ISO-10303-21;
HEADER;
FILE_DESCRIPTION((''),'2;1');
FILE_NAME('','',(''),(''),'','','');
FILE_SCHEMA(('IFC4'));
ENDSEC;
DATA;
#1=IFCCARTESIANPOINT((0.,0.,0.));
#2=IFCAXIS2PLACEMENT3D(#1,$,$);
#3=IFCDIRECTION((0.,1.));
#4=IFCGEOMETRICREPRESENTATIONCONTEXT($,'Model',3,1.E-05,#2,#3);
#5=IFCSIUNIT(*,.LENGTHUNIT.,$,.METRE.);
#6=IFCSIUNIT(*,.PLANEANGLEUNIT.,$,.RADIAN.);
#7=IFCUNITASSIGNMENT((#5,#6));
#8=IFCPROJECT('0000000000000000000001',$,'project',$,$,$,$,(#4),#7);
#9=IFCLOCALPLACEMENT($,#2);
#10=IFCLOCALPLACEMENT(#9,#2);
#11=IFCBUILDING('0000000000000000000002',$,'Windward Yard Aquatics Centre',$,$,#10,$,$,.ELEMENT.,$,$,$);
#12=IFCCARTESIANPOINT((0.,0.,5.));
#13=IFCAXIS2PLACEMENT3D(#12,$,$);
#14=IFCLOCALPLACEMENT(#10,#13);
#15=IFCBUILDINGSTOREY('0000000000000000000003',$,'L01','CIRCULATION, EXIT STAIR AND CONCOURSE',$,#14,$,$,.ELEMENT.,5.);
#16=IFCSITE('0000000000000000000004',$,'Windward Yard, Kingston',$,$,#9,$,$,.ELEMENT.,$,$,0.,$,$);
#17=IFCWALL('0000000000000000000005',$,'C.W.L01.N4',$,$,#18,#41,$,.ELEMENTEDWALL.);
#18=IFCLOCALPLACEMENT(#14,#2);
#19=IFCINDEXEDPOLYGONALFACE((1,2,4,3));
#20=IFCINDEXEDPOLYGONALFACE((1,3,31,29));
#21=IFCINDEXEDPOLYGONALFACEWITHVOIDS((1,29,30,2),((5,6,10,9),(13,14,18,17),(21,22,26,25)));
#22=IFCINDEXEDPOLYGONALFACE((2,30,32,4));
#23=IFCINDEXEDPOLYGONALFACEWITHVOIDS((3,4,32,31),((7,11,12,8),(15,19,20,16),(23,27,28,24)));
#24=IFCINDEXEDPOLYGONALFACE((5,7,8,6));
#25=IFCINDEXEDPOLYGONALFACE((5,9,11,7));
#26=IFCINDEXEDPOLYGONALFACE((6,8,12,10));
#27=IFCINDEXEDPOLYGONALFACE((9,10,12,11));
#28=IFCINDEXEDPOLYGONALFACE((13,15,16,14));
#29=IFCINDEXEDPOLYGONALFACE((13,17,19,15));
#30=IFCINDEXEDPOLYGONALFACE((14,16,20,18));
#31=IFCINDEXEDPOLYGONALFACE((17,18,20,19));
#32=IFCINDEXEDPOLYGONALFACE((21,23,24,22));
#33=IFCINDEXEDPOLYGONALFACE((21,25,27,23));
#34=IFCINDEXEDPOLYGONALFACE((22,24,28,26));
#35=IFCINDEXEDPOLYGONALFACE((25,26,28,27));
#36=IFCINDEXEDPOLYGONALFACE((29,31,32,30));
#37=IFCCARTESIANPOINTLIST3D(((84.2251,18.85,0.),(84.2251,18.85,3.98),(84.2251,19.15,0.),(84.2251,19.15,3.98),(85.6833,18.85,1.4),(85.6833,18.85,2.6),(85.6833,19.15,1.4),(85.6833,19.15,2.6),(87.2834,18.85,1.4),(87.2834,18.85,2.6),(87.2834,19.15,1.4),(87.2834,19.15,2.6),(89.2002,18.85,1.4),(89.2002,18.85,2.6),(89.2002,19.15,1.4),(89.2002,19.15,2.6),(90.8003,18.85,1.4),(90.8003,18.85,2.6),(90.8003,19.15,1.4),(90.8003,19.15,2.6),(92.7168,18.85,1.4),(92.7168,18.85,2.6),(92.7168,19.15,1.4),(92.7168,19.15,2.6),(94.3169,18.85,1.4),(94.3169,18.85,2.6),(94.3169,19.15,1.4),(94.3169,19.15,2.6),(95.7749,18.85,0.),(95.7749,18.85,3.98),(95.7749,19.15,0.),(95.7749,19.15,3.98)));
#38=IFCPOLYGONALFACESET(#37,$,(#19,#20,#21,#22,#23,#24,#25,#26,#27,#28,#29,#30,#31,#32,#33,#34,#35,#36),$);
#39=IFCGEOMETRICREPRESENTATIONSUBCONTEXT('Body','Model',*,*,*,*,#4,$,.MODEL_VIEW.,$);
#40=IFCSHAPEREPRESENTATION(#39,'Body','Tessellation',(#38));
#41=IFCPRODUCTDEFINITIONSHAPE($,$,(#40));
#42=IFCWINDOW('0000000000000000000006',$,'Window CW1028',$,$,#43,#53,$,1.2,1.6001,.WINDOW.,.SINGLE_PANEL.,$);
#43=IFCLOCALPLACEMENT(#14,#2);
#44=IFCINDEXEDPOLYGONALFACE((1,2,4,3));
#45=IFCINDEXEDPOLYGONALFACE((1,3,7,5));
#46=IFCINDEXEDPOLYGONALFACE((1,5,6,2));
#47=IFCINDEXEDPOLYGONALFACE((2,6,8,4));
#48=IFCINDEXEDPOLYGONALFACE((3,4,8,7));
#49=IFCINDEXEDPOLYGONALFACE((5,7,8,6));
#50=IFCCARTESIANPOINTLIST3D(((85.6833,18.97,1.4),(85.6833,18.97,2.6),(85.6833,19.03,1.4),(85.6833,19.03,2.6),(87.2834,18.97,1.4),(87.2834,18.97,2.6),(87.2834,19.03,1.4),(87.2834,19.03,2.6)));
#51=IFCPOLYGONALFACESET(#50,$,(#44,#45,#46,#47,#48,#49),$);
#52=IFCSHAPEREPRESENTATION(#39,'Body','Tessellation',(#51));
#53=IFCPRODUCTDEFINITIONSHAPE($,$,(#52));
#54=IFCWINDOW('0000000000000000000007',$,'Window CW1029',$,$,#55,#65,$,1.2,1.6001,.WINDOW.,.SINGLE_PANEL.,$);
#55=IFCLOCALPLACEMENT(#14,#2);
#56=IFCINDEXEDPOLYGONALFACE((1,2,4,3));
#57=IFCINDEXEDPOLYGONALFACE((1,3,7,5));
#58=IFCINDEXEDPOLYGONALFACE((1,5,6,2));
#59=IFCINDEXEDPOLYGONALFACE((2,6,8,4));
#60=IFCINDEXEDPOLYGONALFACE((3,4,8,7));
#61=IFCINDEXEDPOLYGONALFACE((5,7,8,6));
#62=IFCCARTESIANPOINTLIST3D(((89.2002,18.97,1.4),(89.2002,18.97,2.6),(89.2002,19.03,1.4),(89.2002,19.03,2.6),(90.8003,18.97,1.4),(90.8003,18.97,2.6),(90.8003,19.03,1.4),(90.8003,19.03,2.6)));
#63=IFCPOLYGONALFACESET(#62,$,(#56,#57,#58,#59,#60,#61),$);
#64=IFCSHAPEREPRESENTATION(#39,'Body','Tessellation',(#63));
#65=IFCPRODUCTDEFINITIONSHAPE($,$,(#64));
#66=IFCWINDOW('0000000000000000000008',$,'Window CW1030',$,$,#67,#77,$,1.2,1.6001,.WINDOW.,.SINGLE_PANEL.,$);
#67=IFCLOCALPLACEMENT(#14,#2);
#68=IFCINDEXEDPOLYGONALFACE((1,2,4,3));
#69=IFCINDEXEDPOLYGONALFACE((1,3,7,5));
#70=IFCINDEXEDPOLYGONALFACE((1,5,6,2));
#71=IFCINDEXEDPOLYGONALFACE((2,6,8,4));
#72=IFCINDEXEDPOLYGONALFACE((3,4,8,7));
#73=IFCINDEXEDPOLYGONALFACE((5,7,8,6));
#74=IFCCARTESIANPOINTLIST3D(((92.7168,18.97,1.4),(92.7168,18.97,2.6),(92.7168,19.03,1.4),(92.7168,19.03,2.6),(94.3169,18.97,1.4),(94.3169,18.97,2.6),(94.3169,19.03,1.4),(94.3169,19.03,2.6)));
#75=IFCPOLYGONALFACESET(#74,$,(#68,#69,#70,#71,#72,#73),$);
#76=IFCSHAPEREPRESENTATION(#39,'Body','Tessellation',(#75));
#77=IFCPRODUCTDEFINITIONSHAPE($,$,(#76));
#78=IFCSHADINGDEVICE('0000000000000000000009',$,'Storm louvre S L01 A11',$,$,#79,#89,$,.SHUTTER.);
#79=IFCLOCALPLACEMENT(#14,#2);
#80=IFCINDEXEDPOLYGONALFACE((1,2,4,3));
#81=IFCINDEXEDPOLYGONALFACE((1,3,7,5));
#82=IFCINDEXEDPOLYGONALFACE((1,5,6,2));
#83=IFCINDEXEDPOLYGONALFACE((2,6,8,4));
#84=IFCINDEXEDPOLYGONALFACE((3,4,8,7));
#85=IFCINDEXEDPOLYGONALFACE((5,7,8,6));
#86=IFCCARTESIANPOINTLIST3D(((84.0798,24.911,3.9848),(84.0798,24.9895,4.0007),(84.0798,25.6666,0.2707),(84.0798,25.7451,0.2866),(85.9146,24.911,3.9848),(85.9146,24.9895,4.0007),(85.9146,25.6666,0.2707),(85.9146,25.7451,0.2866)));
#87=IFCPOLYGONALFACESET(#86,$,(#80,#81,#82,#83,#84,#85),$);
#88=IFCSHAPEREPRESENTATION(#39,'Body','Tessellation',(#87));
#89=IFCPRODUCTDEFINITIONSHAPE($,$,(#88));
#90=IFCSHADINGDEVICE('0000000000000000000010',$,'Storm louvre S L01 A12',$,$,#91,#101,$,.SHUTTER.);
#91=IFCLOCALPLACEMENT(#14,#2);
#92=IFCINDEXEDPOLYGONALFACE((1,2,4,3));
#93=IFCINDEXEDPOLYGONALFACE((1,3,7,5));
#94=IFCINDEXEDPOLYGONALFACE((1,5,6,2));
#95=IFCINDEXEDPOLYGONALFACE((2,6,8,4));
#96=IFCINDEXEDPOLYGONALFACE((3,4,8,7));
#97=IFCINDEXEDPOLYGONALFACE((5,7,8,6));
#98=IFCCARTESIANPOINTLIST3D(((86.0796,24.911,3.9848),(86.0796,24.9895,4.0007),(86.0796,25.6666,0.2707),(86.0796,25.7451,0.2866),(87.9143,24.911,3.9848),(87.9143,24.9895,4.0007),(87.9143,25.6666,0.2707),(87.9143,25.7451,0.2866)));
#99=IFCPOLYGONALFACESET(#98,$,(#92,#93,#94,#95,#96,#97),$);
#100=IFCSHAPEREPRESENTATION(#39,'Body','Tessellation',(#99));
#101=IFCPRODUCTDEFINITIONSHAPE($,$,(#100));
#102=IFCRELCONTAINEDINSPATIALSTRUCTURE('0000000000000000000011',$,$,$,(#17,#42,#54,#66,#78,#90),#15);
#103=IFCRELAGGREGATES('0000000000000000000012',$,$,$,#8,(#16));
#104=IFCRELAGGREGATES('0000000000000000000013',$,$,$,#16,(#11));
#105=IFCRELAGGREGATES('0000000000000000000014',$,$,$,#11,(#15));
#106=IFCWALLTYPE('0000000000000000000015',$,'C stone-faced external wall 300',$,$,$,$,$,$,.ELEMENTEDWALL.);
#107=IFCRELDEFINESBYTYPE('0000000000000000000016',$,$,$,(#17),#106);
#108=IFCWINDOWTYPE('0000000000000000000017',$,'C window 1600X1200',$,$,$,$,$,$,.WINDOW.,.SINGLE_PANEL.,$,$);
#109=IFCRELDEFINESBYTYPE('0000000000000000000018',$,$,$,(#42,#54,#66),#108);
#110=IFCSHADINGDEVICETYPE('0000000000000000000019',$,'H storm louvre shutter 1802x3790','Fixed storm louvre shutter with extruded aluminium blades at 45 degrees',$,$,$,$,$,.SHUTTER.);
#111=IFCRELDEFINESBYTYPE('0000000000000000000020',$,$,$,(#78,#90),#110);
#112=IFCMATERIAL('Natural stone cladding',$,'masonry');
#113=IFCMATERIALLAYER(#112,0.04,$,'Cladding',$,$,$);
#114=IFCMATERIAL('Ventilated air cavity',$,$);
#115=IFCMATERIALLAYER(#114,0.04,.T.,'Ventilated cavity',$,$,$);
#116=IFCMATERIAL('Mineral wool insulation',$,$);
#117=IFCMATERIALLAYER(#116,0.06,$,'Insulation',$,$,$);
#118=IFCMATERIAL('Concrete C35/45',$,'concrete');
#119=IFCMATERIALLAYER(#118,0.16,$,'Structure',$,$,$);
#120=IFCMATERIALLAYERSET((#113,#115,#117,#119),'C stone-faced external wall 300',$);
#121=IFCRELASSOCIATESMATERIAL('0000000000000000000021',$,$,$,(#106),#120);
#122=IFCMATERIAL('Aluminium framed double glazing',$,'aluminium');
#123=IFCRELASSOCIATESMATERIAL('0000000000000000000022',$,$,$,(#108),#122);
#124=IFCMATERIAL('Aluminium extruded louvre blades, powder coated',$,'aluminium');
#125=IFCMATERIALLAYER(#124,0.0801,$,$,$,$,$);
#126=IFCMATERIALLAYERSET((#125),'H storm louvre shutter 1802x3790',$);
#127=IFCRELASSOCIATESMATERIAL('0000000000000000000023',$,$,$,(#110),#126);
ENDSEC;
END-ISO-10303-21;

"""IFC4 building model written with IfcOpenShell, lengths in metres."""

from ifc_helpers import new_model, si_unit, direction, frame, frame_2d, origin, place, context, subcontext, project, spatial, polyline, rectangle, outline, extrude, material, layer, layer_set, type_object, element, fill, save


model = new_model("IFC4")

# Units and contexts
model_context = context("Model", 3, precision=1e-05, world=origin(), true_north=direction((0.0, 1.0)))
body_context = subcontext(model_context, "Body", "Model", "MODEL_VIEW")
ifc_project = project(units=[si_unit("LENGTHUNIT", "METRE"), si_unit("PLANEANGLEUNIT", "RADIAN")], contexts=[model_context])

# Site, building, storey
site_placement = place(None, origin())
site = spatial("IfcSite", under=ifc_project, at=site_placement, Name="Windward Yard, Kingston", CompositionType="ELEMENT", RefElevation=0.0)
building_placement = place(site_placement, origin())
building = spatial("IfcBuilding", under=site, at=building_placement, Name="Windward Yard Aquatics Centre", CompositionType="ELEMENT")
storey_placement = place(building_placement, frame((0.0, 0.0, 5.0)))
storey = spatial("IfcBuildingStorey", under=building, at=storey_placement, Name="L01", Description="CIRCULATION, EXIT STAIR AND CONCOURSE", CompositionType="ELEMENT", Elevation=5.0)

# Shared definitions
ifc_material_1 = material(Name="Concrete C35/45", Category="concrete")

# Wall, openings, windows
ifc_material_2 = material(Name="Natural stone cladding", Category="masonry")
ifc_layer_1 = layer(ifc_material_2, 0.04, Name="Cladding")
ifc_material_3 = material(Name="Ventilated air cavity")
ifc_layer_2 = layer(ifc_material_3, 0.04, ventilated=True, Name="Ventilated cavity")
ifc_material_4 = material(Name="Mineral wool insulation")
ifc_layer_3 = layer(ifc_material_4, 0.06, Name="Insulation")
ifc_layer_4 = layer(ifc_material_1, 0.16, Name="Structure")
ifc_layer_set_1 = layer_set([ifc_layer_1, ifc_layer_2, ifc_layer_3, ifc_layer_4], Name="C stone-faced external wall 300")
wall_type_1 = type_object("IfcWallType", Name="C stone-faced external wall 300", PredefinedType="ELEMENTEDWALL", material=ifc_layer_set_1)
wall_1_placement = place(storey_placement, frame((84.2251, 19.0, 0.0), z_axis=(0.0, 0.0, 1.0), x_axis=(1.0, 0.0, 0.0)))
wall_1 = element("IfcWall", 1, at=wall_1_placement, inside=storey, type_object=wall_type_1, Name="C.W.L01.N4", PredefinedType="ELEMENTEDWALL", context=body_context, shape_type="SweptSolid", body=[
    extrude(rectangle(XDim=11.5498, YDim=0.3, at=frame_2d((5.7749, 0.0))), origin(), (0.0, 0.0, 1.0), 3.98),
])
opening_1_placement = place(wall_1_placement, frame((1.4583, 0.0, 1.3999)))
opening_1 = element("IfcOpeningElement", 2, at=opening_1_placement, cuts=wall_1, PredefinedType="OPENING", context=body_context, shape_type="SweptSolid", body=[
    extrude(rectangle(XDim=1.6001, YDim=1.2, at=frame_2d((0.8, 0.6001))), frame((0.0, 0.1602, 0.0), z_axis=(0.0, -1.0, 0.0), x_axis=(1.0, 0.0, 0.0)), (0.0, 0.0, 1.0), 0.3201),
])
opening_2_placement = place(wall_1_placement, frame((4.9751, 0.0, 1.3999)))
opening_2 = element("IfcOpeningElement", 3, at=opening_2_placement, cuts=wall_1, PredefinedType="OPENING", context=body_context, shape_type="SweptSolid", body=[
    extrude(rectangle(XDim=1.6001, YDim=1.2, at=frame_2d((0.8, 0.6001))), frame((0.0, 0.1602, 0.0), z_axis=(0.0, -1.0, 0.0), x_axis=(1.0, 0.0, 0.0)), (0.0, 0.0, 1.0), 0.3201),
])
opening_3_placement = place(wall_1_placement, frame((8.4917, 0.0, 1.3999)))
opening_3 = element("IfcOpeningElement", 4, at=opening_3_placement, cuts=wall_1, PredefinedType="OPENING", context=body_context, shape_type="SweptSolid", body=[
    extrude(rectangle(XDim=1.6001, YDim=1.2, at=frame_2d((0.8, 0.6001))), frame((0.0, 0.1602, 0.0), z_axis=(0.0, -1.0, 0.0), x_axis=(1.0, 0.0, 0.0)), (0.0, 0.0, 1.0), 0.3201),
])
ifc_material_5 = material(Name="Aluminium framed double glazing", Category="aluminium")
window_type = type_object("IfcWindowType", Name="C window 1600X1200", PartitioningType="SINGLE_PANEL", PredefinedType="WINDOW", material=ifc_material_5)
window_1_placement = place(opening_1_placement, origin())
window_1 = element("IfcWindow", 5, at=window_1_placement, inside=storey, type_object=window_type, Name="Window CW1028", OverallHeight=1.2, OverallWidth=1.6001, PartitioningType="SINGLE_PANEL", PredefinedType="WINDOW", context=body_context, shape_type="SweptSolid", body=[
    extrude(rectangle(XDim=1.6001, YDim=1.2, at=frame_2d((0.8, 0.6001))), frame((0.0, 0.03, 0.0), z_axis=(0.0, -1.0, 0.0), x_axis=(1.0, 0.0, 0.0)), (0.0, 0.0, 1.0), 0.0601),
])
fill(opening_1, window_1)
window_2_placement = place(opening_2_placement, origin())
window_2 = element("IfcWindow", 6, at=window_2_placement, inside=storey, type_object=window_type, Name="Window CW1029", OverallHeight=1.2, OverallWidth=1.6001, PartitioningType="SINGLE_PANEL", PredefinedType="WINDOW", context=body_context, shape_type="SweptSolid", body=[
    extrude(rectangle(XDim=1.6001, YDim=1.2, at=frame_2d((0.8, 0.6001))), frame((0.0, 0.03, 0.0), z_axis=(0.0, -1.0, 0.0), x_axis=(1.0, 0.0, 0.0)), (0.0, 0.0, 1.0), 0.0601),
])
fill(opening_2, window_2)
window_3_placement = place(opening_3_placement, origin())
window_3 = element("IfcWindow", 7, at=window_3_placement, inside=storey, type_object=window_type, Name="Window CW1030", OverallHeight=1.2, OverallWidth=1.6001, PartitioningType="SINGLE_PANEL", PredefinedType="WINDOW", context=body_context, shape_type="SweptSolid", body=[
    extrude(rectangle(XDim=1.6001, YDim=1.2, at=frame_2d((0.8, 0.6001))), frame((0.0, 0.03, 0.0), z_axis=(0.0, -1.0, 0.0), x_axis=(1.0, 0.0, 0.0)), (0.0, 0.0, 1.0), 0.0601),
])
fill(opening_3, window_3)

# Shading devices
ifc_material_6 = material(Name="Aluminium extruded louvre blades, powder coated", Category="aluminium")
ifc_layer_5 = layer(ifc_material_6, 0.0801)
ifc_layer_set_2 = layer_set([ifc_layer_5], Name="H storm louvre shutter 1802x3790")
shading_device_type = type_object("IfcShadingDeviceType", Name="H storm louvre shutter 1802x3790", Description="Fixed storm louvre shutter with extruded aluminium blades at 45 degrees", PredefinedType="SHUTTER", material=ifc_layer_set_2)
for number, where, z_axis, x_axis, name in (
    (8, (84.0798, 24.9895, 4.0007), (0.0, 0.979926, 0.199361), (0.0, 0.199361, -0.979926), "Storm louvre S L01 A11"),
    (9, (86.0796, 24.9895, 4.0007), (0.0, 0.979926, 0.199361), (0.0, 0.199361, -0.979926), "Storm louvre S L01 A12"),
):
    element("IfcShadingDevice", number, at=place(storey_placement, frame(where, z_axis=z_axis, x_axis=x_axis)), inside=storey, type_object=shading_device_type, Name=name, PredefinedType="SHUTTER", context=body_context, shape_type="SweptSolid", body=[
        extrude(outline(polyline([(0.0, 0.0), (3.7902, 0.0), (3.7902, -1.8347), (0.0, -1.8347), (0.0, 0.0)])), origin(), (0.0, 0.0, -1.0), 0.0801),
    ])

save(model, "model.ifc")
